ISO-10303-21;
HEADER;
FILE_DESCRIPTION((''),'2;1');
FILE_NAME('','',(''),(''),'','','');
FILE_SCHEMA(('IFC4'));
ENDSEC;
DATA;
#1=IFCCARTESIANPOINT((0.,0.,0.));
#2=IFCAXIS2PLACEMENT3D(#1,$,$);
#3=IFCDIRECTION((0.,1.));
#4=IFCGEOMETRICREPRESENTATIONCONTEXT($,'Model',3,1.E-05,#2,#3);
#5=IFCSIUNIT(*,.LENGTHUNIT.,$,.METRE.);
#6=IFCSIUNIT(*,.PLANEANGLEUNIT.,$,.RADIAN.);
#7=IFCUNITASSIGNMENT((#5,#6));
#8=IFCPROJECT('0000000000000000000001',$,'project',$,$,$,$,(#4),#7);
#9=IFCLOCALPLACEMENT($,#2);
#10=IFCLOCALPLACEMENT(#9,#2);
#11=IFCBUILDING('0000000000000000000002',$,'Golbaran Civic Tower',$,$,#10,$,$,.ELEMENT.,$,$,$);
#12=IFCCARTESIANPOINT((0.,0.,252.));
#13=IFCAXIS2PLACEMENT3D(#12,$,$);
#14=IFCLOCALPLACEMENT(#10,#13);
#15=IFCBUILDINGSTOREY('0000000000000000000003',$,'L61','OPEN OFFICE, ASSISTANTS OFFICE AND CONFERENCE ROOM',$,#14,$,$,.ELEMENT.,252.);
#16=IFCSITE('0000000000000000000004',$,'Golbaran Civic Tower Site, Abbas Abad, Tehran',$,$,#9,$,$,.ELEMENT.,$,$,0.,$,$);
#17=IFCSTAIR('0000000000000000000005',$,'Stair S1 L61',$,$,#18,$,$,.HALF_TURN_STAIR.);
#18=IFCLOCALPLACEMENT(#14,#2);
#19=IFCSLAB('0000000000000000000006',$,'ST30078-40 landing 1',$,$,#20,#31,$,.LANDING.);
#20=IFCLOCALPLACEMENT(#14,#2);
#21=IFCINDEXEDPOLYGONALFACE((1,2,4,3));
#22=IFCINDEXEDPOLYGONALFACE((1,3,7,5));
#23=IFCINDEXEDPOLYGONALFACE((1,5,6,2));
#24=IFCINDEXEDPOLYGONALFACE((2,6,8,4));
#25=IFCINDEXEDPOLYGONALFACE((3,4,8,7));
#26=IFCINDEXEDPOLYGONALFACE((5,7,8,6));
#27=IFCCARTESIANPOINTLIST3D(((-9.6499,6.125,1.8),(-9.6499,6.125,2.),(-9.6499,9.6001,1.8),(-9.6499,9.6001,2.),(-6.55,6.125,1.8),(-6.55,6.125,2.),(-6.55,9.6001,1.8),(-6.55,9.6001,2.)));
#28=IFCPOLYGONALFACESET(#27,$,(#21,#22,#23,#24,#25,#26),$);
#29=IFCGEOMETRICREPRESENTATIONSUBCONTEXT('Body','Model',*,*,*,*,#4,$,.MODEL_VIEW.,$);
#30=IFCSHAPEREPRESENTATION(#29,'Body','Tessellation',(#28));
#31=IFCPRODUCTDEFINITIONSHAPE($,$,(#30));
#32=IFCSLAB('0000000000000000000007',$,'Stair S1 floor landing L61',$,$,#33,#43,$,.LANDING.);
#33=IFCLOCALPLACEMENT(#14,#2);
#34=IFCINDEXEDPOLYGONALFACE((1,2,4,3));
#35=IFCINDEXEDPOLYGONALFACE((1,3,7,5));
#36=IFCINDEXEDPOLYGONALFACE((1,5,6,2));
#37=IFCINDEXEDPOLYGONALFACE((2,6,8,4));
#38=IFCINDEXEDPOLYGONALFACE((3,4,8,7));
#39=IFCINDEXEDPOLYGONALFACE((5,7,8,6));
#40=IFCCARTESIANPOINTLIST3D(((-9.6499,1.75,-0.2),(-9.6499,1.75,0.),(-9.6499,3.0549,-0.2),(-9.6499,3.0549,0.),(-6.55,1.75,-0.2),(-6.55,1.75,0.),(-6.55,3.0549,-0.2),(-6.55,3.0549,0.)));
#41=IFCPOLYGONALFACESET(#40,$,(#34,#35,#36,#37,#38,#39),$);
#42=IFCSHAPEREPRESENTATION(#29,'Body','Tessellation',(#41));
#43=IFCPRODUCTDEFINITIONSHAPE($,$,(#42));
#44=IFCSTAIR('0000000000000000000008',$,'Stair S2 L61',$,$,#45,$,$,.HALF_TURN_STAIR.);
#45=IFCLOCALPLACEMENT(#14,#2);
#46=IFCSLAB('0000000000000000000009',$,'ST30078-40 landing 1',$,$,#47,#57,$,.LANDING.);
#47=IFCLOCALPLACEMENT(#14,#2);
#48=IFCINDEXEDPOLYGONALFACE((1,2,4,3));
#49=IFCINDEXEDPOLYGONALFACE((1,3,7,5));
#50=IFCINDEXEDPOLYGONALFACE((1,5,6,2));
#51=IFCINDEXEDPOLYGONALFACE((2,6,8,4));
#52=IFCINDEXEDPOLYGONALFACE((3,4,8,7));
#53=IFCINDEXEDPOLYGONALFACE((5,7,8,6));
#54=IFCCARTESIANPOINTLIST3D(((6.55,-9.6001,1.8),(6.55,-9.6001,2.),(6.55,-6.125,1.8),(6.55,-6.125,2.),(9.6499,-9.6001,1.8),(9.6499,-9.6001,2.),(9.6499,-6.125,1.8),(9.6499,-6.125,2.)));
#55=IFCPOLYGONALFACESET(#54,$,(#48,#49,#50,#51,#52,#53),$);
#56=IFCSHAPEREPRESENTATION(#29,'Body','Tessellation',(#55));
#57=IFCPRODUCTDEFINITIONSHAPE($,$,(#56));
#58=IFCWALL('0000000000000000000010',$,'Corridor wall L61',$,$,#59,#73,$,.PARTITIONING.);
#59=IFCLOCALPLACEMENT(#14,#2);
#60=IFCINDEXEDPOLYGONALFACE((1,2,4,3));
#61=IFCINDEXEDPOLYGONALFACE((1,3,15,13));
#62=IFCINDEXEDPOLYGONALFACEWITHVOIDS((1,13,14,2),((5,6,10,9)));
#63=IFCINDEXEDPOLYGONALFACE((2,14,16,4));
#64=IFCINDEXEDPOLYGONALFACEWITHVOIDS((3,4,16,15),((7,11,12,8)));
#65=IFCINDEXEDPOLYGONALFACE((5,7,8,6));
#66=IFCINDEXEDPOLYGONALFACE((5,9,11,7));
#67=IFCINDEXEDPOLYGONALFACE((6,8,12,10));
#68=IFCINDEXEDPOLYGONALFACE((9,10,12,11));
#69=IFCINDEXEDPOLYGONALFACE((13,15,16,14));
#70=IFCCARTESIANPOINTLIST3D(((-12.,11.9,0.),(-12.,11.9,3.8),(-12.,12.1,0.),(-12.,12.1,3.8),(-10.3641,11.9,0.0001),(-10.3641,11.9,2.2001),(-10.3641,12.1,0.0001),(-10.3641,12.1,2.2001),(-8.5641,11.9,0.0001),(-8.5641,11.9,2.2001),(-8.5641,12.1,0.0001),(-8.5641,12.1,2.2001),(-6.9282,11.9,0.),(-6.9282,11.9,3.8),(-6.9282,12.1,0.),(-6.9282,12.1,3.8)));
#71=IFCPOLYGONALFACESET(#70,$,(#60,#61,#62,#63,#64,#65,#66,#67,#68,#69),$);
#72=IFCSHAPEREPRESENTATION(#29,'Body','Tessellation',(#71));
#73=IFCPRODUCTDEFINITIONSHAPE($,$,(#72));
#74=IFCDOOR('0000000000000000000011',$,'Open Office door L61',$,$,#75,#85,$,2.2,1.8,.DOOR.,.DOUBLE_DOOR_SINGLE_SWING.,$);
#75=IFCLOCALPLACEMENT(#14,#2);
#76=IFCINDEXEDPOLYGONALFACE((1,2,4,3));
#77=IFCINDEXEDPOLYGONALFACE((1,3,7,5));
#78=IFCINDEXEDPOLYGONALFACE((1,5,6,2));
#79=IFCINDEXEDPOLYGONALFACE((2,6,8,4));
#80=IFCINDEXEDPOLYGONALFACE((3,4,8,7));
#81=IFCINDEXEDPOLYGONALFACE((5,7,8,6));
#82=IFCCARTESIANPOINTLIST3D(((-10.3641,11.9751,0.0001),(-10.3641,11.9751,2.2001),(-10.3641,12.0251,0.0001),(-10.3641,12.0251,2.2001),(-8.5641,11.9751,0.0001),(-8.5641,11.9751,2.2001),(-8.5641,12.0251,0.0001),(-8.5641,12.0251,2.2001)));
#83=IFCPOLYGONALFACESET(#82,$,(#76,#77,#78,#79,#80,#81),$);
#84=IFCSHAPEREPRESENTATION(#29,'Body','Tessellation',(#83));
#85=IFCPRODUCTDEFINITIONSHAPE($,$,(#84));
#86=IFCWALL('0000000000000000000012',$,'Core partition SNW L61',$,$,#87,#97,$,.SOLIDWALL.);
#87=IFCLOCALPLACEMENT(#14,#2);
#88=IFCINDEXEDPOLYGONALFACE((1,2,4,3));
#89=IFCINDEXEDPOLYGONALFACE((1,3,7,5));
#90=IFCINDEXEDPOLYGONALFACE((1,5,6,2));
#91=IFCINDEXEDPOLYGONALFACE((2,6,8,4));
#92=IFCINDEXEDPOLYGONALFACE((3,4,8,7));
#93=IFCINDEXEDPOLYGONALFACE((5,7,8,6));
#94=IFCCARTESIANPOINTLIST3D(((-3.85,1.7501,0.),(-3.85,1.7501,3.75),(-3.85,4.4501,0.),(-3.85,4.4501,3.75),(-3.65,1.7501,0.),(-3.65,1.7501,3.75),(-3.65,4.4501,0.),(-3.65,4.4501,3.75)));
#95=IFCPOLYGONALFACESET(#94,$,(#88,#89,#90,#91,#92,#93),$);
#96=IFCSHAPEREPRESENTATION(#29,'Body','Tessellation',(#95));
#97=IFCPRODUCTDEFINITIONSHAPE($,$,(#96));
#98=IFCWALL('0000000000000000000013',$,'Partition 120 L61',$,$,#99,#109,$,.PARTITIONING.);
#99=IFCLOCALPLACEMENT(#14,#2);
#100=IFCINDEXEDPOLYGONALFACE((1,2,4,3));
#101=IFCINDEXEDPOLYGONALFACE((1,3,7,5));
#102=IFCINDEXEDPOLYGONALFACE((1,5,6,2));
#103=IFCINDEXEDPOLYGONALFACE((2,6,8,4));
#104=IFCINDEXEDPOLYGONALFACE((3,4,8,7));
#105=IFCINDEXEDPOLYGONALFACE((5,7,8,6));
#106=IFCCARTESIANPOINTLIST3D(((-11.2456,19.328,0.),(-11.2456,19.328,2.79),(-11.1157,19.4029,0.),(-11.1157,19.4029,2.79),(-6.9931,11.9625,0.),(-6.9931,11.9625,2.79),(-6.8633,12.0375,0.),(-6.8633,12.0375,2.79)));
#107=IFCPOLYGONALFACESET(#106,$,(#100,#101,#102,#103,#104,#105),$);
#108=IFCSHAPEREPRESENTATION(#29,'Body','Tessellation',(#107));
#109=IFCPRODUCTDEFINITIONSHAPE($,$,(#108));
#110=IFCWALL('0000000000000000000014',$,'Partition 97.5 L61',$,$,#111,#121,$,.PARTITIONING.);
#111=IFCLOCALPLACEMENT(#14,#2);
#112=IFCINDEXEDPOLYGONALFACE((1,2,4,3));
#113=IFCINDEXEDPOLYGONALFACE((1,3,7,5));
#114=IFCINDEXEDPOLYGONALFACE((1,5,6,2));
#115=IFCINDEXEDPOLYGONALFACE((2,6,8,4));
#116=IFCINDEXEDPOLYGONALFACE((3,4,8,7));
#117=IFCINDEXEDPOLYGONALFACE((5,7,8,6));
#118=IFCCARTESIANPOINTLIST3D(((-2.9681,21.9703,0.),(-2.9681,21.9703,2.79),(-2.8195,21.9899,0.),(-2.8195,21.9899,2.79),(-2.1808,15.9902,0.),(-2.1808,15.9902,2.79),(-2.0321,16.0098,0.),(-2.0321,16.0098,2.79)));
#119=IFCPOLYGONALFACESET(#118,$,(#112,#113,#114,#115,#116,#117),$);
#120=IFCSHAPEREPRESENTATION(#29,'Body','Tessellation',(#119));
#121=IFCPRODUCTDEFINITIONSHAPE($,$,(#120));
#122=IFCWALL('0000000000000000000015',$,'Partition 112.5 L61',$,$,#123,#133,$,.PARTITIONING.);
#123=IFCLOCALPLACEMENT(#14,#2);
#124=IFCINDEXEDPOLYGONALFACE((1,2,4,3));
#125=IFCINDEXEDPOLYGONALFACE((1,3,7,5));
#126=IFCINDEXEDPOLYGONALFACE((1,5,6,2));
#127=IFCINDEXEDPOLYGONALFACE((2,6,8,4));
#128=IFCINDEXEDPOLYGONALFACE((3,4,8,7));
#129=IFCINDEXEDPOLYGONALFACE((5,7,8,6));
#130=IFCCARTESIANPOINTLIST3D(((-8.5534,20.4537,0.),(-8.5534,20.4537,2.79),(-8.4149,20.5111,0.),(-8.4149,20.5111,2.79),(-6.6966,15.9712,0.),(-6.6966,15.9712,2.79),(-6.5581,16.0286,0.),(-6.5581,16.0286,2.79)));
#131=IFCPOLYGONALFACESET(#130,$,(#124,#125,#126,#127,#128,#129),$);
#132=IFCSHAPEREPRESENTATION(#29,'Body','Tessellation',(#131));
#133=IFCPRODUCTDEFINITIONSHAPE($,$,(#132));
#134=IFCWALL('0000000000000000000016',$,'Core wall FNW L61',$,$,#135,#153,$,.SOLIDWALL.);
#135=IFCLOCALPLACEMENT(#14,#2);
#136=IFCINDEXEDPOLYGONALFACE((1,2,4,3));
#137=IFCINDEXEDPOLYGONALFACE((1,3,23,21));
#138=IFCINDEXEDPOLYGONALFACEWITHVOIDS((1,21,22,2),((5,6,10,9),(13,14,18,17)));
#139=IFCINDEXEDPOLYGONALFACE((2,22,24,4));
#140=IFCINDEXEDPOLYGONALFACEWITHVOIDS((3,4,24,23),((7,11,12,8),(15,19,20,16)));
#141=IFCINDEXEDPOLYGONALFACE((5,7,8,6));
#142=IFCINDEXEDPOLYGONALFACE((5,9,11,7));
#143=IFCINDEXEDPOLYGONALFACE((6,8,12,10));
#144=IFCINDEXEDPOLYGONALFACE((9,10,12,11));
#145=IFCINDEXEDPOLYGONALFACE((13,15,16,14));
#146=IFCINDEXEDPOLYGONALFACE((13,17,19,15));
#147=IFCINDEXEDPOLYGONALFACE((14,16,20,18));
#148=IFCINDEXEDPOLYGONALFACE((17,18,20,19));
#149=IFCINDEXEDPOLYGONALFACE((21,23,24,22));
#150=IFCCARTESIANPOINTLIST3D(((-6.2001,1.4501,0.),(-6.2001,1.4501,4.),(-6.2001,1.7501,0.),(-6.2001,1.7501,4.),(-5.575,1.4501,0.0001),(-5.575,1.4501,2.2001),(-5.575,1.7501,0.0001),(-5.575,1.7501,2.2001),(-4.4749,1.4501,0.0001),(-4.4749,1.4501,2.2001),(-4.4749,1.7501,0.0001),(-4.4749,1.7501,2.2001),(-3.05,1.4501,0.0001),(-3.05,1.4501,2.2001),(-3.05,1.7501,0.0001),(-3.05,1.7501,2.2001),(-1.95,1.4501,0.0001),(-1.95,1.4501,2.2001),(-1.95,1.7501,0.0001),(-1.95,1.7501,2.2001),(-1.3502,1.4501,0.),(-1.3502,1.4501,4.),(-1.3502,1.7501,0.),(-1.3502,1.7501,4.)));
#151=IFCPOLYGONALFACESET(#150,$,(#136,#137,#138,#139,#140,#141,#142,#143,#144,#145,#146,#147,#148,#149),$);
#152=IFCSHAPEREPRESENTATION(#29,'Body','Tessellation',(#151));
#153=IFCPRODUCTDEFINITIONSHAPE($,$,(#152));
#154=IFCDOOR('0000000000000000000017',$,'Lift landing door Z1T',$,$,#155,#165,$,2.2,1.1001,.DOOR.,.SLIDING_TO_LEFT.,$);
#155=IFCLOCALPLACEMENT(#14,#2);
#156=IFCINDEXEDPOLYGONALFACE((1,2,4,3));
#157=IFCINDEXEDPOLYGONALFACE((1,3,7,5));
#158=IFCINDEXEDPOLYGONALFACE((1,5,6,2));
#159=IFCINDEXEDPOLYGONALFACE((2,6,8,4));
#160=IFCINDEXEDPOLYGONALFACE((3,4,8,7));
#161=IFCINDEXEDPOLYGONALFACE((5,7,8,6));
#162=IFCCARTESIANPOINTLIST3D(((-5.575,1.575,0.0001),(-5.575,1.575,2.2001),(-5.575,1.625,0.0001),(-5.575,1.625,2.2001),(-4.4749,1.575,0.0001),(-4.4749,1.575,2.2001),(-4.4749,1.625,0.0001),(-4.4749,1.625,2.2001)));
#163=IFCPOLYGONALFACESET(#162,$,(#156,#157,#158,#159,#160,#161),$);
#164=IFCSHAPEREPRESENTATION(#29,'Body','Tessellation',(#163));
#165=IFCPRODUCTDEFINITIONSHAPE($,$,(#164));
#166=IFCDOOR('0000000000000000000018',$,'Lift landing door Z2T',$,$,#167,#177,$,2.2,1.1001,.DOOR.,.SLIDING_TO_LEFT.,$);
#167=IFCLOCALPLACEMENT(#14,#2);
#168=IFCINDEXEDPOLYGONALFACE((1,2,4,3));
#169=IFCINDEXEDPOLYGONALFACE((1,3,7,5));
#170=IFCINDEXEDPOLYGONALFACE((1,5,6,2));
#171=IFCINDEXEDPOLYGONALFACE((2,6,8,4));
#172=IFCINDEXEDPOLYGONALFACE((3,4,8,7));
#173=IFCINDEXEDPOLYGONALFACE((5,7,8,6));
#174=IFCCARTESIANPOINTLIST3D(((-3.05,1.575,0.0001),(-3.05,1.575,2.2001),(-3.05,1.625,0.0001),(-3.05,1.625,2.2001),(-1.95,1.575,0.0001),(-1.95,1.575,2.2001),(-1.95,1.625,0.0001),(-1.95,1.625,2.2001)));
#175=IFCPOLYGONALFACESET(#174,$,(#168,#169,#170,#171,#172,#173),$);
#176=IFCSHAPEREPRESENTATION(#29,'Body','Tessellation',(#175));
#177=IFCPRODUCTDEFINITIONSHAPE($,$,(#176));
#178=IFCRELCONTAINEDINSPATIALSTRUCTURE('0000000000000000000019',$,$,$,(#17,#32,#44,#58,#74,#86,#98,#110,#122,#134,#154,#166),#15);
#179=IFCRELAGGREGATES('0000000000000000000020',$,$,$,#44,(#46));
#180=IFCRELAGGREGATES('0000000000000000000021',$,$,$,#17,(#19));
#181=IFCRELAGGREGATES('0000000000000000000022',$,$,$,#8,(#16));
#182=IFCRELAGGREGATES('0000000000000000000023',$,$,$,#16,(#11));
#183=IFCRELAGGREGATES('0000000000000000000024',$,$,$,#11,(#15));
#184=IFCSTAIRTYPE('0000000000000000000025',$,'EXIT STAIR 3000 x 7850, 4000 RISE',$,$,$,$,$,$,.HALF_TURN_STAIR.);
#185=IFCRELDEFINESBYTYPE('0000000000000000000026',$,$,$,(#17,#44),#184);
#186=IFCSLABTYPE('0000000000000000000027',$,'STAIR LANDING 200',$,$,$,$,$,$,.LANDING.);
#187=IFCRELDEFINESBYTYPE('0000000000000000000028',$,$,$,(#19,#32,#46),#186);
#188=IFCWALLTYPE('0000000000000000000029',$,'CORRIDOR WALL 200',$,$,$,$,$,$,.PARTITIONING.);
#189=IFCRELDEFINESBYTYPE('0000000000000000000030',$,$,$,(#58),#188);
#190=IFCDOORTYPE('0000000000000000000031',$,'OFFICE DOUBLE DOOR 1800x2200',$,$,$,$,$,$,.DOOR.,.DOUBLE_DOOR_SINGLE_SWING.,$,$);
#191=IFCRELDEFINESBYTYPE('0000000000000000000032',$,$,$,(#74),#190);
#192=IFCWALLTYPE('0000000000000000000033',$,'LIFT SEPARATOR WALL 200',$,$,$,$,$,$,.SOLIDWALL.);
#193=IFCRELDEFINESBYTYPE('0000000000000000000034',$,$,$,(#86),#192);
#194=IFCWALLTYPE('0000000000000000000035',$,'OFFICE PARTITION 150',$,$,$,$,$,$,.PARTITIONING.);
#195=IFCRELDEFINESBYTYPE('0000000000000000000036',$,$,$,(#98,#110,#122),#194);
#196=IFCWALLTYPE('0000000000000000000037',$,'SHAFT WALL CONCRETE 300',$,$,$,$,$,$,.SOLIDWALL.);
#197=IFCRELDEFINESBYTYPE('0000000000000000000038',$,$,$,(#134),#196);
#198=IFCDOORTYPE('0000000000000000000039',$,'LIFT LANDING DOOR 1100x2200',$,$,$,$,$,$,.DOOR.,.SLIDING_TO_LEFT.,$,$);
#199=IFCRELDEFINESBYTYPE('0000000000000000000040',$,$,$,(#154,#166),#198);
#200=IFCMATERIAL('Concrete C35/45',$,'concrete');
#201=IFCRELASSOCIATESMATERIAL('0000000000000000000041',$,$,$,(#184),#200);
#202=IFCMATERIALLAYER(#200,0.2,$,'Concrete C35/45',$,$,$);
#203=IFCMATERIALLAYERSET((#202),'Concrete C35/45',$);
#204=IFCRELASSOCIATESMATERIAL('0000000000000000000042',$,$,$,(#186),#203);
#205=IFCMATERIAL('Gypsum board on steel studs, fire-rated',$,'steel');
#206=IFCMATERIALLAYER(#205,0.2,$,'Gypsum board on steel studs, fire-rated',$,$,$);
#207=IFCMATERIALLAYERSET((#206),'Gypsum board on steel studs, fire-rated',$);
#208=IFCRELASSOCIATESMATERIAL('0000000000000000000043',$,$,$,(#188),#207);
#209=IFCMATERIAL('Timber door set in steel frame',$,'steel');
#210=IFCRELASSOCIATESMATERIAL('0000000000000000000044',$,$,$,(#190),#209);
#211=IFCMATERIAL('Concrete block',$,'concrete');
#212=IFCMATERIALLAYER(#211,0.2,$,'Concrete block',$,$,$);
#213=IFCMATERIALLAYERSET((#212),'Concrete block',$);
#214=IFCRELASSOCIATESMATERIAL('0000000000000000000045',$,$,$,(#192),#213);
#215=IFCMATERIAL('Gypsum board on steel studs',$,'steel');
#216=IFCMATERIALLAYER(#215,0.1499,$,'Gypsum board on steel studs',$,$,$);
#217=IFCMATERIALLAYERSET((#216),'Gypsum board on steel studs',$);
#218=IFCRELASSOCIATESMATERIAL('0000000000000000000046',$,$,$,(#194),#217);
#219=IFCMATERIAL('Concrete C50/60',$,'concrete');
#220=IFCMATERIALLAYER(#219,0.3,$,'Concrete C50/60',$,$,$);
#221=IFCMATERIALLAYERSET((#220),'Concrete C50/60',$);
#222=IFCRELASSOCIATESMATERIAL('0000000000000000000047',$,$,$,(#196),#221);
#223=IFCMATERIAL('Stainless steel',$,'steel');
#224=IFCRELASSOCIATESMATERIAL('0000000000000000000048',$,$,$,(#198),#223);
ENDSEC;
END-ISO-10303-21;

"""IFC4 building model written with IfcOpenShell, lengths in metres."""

from ifc_helpers import new_model, si_unit, direction, frame, frame_2d, origin, place, context, subcontext, project, spatial, polyline, rectangle, outline, extrude, material, layer, layer_set, type_object, element, fill, aggregate, save


model = new_model("IFC4")

# Units and contexts
model_context = context("Model", 3, precision=1e-05, world=origin(), true_north=direction((0.0, 1.0)))
body_context = subcontext(model_context, "Body", "Model", "MODEL_VIEW")
ifc_project = project(units=[si_unit("LENGTHUNIT", "METRE"), si_unit("PLANEANGLEUNIT", "RADIAN")], contexts=[model_context])

# Site, building, storey
site_placement = place(None, origin())
site = spatial("IfcSite", under=ifc_project, at=site_placement, Name="Golbaran Civic Tower Site, Abbas Abad, Tehran", CompositionType="ELEMENT", RefElevation=0.0)
building_placement = place(site_placement, origin())
building = spatial("IfcBuilding", under=site, at=building_placement, Name="Golbaran Civic Tower", CompositionType="ELEMENT")
storey_placement = place(building_placement, frame((0.0, 0.0, 252.0)))
storey = spatial("IfcBuildingStorey", under=building, at=storey_placement, Name="L61", Description="OPEN OFFICE, ASSISTANTS OFFICE AND CONFERENCE ROOM", CompositionType="ELEMENT", Elevation=252.0)

# Stair, slab
ifc_material_1 = material(Name="Concrete C35/45", Category="concrete")
stair_type = type_object("IfcStairType", Name="EXIT STAIR 3000 x 7850, 4000 RISE", PredefinedType="HALF_TURN_STAIR", material=ifc_material_1)
stair_1_placement = place(storey_placement, origin())
stair_1 = element("IfcStair", 1, at=stair_1_placement, inside=storey, type_object=stair_type, Name="Stair S1 L61", PredefinedType="HALF_TURN_STAIR")
ifc_layer_1 = layer(ifc_material_1, 0.2, Name="Concrete C35/45")
ifc_layer_set_1 = layer_set([ifc_layer_1], Name="Concrete C35/45")
slab_type = type_object("IfcSlabType", Name="STAIR LANDING 200", PredefinedType="LANDING", material=ifc_layer_set_1)
slab_1_placement = place(storey_placement, frame((0.0, 0.0, 1.8)))
slab_1 = element("IfcSlab", 2, at=slab_1_placement, type_object=slab_type, Name="ST30078-40 landing 1", PredefinedType="LANDING", context=body_context, shape_type="SweptSolid", body=[
    extrude(outline(polyline([(-9.6499, 6.125), (-9.6499, 9.6001), (-6.55, 9.6001), (-6.55, 6.125), (-9.6499, 6.125)])), origin(), (0.0, 0.0, 1.0), 0.2),
])

# Slab
slab_2_placement = place(storey_placement, frame((0.0, 0.0, -0.2)))
element("IfcSlab", 3, at=slab_2_placement, inside=storey, type_object=slab_type, Name="Stair S1 floor landing L61", PredefinedType="LANDING", context=body_context, shape_type="SweptSolid", body=[
    extrude(outline(polyline([(-9.6499, 1.75), (-9.6499, 3.0549), (-6.55, 3.0549), (-6.55, 1.75), (-9.6499, 1.75)])), origin(), (0.0, 0.0, 1.0), 0.2),
])

# Stair, slab
stair_2_placement = place(storey_placement, origin())
stair_2 = element("IfcStair", 4, at=stair_2_placement, inside=storey, type_object=stair_type, Name="Stair S2 L61", PredefinedType="HALF_TURN_STAIR")
slab_3_placement = place(storey_placement, frame((0.0, 0.0, 1.8)))
slab_3 = element("IfcSlab", 5, at=slab_3_placement, type_object=slab_type, Name="ST30078-40 landing 1", PredefinedType="LANDING", context=body_context, shape_type="SweptSolid", body=[
    extrude(outline(polyline([(9.6499, -6.125), (9.6499, -9.6001), (6.55, -9.6001), (6.55, -6.125), (9.6499, -6.125)])), origin(), (0.0, 0.0, 1.0), 0.2),
])
aggregate(stair_2, [slab_3])

# Wall, opening, door
ifc_material_2 = material(Name="Gypsum board on steel studs, fire-rated", Category="steel")
ifc_layer_2 = layer(ifc_material_2, 0.2, Name="Gypsum board on steel studs, fire-rated")
ifc_layer_set_2 = layer_set([ifc_layer_2], Name="Gypsum board on steel studs, fire-rated")
wall_type_1 = type_object("IfcWallType", Name="CORRIDOR WALL 200", PredefinedType="PARTITIONING", material=ifc_layer_set_2)
wall_1_placement = place(storey_placement, frame((-6.9282, 12.0, 0.0), z_axis=(0.0, 0.0, 1.0), x_axis=(-1.0, 0.0, 0.0)))
wall_1 = element("IfcWall", 6, at=wall_1_placement, inside=storey, type_object=wall_type_1, Name="Corridor wall L61", PredefinedType="PARTITIONING", context=body_context, shape_type="SweptSolid", body=[
    extrude(rectangle(XDim=5.0718, YDim=0.2, at=frame_2d((2.5359, 0.0))), origin(), (0.0, 0.0, 1.0), 3.8),
])
opening_1_placement = place(wall_1_placement, frame((1.636, 0.0, 0.0)))
opening_1 = element("IfcOpeningElement", 7, at=opening_1_placement, cuts=wall_1, PredefinedType="OPENING", context=body_context, shape_type="SweptSolid", body=[
    extrude(rectangle(XDim=1.8, YDim=2.2, at=frame_2d((0.8999, 1.1001))), frame((0.0, 0.1099, 0.0), z_axis=(0.0, -1.0, 0.0), x_axis=(1.0, 0.0, 0.0)), (0.0, 0.0, 1.0), 0.22),
])
ifc_material_3 = material(Name="Timber door set in steel frame", Category="steel")
door_type_1 = type_object("IfcDoorType", Name="OFFICE DOUBLE DOOR 1800x2200", OperationType="DOUBLE_DOOR_SINGLE_SWING", PredefinedType="DOOR", material=ifc_material_3)
door_1_placement = place(opening_1_placement, origin())
door_1 = element("IfcDoor", 8, at=door_1_placement, inside=storey, type_object=door_type_1, Name="Open Office door L61", OperationType="DOUBLE_DOOR_SINGLE_SWING", OverallHeight=2.2, OverallWidth=1.8, PredefinedType="DOOR", context=body_context, shape_type="SweptSolid", body=[
    extrude(rectangle(XDim=1.8, YDim=2.2, at=frame_2d((0.8999, 1.1001))), frame((0.0, 0.0249, 0.0), z_axis=(0.0, -1.0, 0.0), x_axis=(1.0, 0.0, 0.0)), (0.0, 0.0, 1.0), 0.05),
])
fill(opening_1, door_1)

# Walls
ifc_material_4 = material(Name="Concrete block", Category="concrete")
ifc_layer_3 = layer(ifc_material_4, 0.2, Name="Concrete block")
ifc_layer_set_3 = layer_set([ifc_layer_3], Name="Concrete block")
wall_type_2 = type_object("IfcWallType", Name="LIFT SEPARATOR WALL 200", PredefinedType="SOLIDWALL", material=ifc_layer_set_3)
wall_2_placement = place(storey_placement, frame((-3.75, 1.75, 0.0), z_axis=(0.0, 0.0, 1.0), x_axis=(0.0, 1.0, 0.0)))
element("IfcWall", 9, at=wall_2_placement, inside=storey, type_object=wall_type_2, Name="Core partition SNW L61", PredefinedType="SOLIDWALL", context=body_context, shape_type="SweptSolid", body=[
    extrude(rectangle(XDim=2.7, YDim=0.2, at=frame_2d((1.3501, 0.0))), origin(), (0.0, 0.0, 1.0), 3.75),
])
ifc_material_5 = material(Name="Gypsum board on steel studs", Category="steel")
ifc_layer_4 = layer(ifc_material_5, 0.1499, Name="Gypsum board on steel studs")
ifc_layer_set_4 = layer_set([ifc_layer_4], Name="Gypsum board on steel studs")
wall_type_3 = type_object("IfcWallType", Name="OFFICE PARTITION 150", PredefinedType="PARTITIONING", material=ifc_layer_set_4)
wall_3_placement = place(storey_placement, frame((-6.9282, 12.0, 0.0), z_axis=(0.0, 0.0, 1.0), x_axis=(-0.499998, 0.866026, 0.0)))
element("IfcWall", 10, at=wall_3_placement, inside=storey, type_object=wall_type_3, Name="Partition 120 L61", PredefinedType="PARTITIONING", context=body_context, shape_type="SweptSolid", body=[
    extrude(rectangle(XDim=8.5049, YDim=0.1499, at=frame_2d((4.2524, 0.0))), origin(), (0.0, 0.0, 1.0), 2.79),
])
wall_4_placement = place(storey_placement, frame((-2.1064, 16.0, 0.0), z_axis=(0.0, 0.0, 1.0), x_axis=(-0.130533, 0.991444, 0.0)))
element("IfcWall", 11, at=wall_4_placement, inside=storey, type_object=wall_type_3, Name="Partition 97.5 L61", PredefinedType="PARTITIONING", context=body_context, shape_type="SweptSolid", body=[
    extrude(rectangle(XDim=6.0317, YDim=0.1499, at=frame_2d((3.0159, 0.0))), origin(), (0.0, 0.0, 1.0), 2.79),
])
wall_5_placement = place(storey_placement, frame((-6.6274, 16.0, 0.0), z_axis=(0.0, 0.0, 1.0), x_axis=(-0.382685, 0.923879, 0.0)))
element("IfcWall", 12, at=wall_5_placement, inside=storey, type_object=wall_type_3, Name="Partition 112.5 L61", PredefinedType="PARTITIONING", context=body_context, shape_type="SweptSolid", body=[
    extrude(rectangle(XDim=4.8518, YDim=0.1499, at=frame_2d((2.4258, 0.0))), origin(), (0.0, 0.0, 1.0), 2.79),
])

# Wall, openings, doors
ifc_material_6 = material(Name="Concrete C50/60", Category="concrete")
ifc_layer_5 = layer(ifc_material_6, 0.3, Name="Concrete C50/60")
ifc_layer_set_5 = layer_set([ifc_layer_5], Name="Concrete C50/60")
wall_type_4 = type_object("IfcWallType", Name="SHAFT WALL CONCRETE 300", PredefinedType="SOLIDWALL", material=ifc_layer_set_5)
wall_6_placement = place(storey_placement, frame((-6.2, 1.6001, 0.0), z_axis=(0.0, 0.0, 1.0), x_axis=(1.0, 0.0, 0.0)))
wall_6 = element("IfcWall", 13, at=wall_6_placement, inside=storey, type_object=wall_type_4, Name="Core wall FNW L61", PredefinedType="SOLIDWALL", context=body_context, shape_type="SweptSolid", body=[
    extrude(rectangle(XDim=4.8499, YDim=0.3, at=frame_2d((2.4248, 0.0))), origin(), (0.0, 0.0, 1.0), 4.0),
])
opening_2_placement = place(wall_6_placement, frame((0.625, 0.0, 0.0)))
opening_2 = element("IfcOpeningElement", 14, at=opening_2_placement, cuts=wall_6, PredefinedType="OPENING", context=body_context, shape_type="SweptSolid", body=[
    extrude(rectangle(XDim=1.1001, YDim=2.2, at=frame_2d((0.55, 1.1001))), frame((0.0, 0.1599, 0.0), z_axis=(0.0, -1.0, 0.0), x_axis=(1.0, 0.0, 0.0)), (0.0, 0.0, 1.0), 0.3201),
])
opening_3_placement = place(wall_6_placement, frame((3.1499, 0.0, 0.0)))
opening_3 = element("IfcOpeningElement", 15, at=opening_3_placement, cuts=wall_6, PredefinedType="OPENING", context=body_context, shape_type="SweptSolid", body=[
    extrude(rectangle(XDim=1.1001, YDim=2.2, at=frame_2d((0.55, 1.1001))), frame((0.0, 0.1599, 0.0), z_axis=(0.0, -1.0, 0.0), x_axis=(1.0, 0.0, 0.0)), (0.0, 0.0, 1.0), 0.3201),
])
ifc_material_7 = material(Name="Stainless steel", Category="steel")
door_type_2 = type_object("IfcDoorType", Name="LIFT LANDING DOOR 1100x2200", OperationType="SLIDING_TO_LEFT", PredefinedType="DOOR", material=ifc_material_7)
door_2_placement = place(opening_2_placement, origin())
door_2 = element("IfcDoor", 16, at=door_2_placement, inside=storey, type_object=door_type_2, Name="Lift landing door Z1T", OperationType="SLIDING_TO_LEFT", OverallHeight=2.2, OverallWidth=1.1001, PredefinedType="DOOR", context=body_context, shape_type="SweptSolid", body=[
    extrude(rectangle(XDim=1.1001, YDim=2.2, at=frame_2d((0.55, 1.1001))), frame((0.0, 0.0249, 0.0), z_axis=(0.0, -1.0, 0.0), x_axis=(1.0, 0.0, 0.0)), (0.0, 0.0, 1.0), 0.05),
])
fill(opening_2, door_2)
door_3_placement = place(opening_3_placement, origin())
door_3 = element("IfcDoor", 17, at=door_3_placement, inside=storey, type_object=door_type_2, Name="Lift landing door Z2T", OperationType="SLIDING_TO_LEFT", OverallHeight=2.2, OverallWidth=1.1001, PredefinedType="DOOR", context=body_context, shape_type="SweptSolid", body=[
    extrude(rectangle(XDim=1.1001, YDim=2.2, at=frame_2d((0.55, 1.1001))), frame((0.0, 0.0249, 0.0), z_axis=(0.0, -1.0, 0.0), x_axis=(1.0, 0.0, 0.0)), (0.0, 0.0, 1.0), 0.05),
])
fill(opening_3, door_3)

aggregate(stair_1, [slab_1])

save(model, "model.ifc")
